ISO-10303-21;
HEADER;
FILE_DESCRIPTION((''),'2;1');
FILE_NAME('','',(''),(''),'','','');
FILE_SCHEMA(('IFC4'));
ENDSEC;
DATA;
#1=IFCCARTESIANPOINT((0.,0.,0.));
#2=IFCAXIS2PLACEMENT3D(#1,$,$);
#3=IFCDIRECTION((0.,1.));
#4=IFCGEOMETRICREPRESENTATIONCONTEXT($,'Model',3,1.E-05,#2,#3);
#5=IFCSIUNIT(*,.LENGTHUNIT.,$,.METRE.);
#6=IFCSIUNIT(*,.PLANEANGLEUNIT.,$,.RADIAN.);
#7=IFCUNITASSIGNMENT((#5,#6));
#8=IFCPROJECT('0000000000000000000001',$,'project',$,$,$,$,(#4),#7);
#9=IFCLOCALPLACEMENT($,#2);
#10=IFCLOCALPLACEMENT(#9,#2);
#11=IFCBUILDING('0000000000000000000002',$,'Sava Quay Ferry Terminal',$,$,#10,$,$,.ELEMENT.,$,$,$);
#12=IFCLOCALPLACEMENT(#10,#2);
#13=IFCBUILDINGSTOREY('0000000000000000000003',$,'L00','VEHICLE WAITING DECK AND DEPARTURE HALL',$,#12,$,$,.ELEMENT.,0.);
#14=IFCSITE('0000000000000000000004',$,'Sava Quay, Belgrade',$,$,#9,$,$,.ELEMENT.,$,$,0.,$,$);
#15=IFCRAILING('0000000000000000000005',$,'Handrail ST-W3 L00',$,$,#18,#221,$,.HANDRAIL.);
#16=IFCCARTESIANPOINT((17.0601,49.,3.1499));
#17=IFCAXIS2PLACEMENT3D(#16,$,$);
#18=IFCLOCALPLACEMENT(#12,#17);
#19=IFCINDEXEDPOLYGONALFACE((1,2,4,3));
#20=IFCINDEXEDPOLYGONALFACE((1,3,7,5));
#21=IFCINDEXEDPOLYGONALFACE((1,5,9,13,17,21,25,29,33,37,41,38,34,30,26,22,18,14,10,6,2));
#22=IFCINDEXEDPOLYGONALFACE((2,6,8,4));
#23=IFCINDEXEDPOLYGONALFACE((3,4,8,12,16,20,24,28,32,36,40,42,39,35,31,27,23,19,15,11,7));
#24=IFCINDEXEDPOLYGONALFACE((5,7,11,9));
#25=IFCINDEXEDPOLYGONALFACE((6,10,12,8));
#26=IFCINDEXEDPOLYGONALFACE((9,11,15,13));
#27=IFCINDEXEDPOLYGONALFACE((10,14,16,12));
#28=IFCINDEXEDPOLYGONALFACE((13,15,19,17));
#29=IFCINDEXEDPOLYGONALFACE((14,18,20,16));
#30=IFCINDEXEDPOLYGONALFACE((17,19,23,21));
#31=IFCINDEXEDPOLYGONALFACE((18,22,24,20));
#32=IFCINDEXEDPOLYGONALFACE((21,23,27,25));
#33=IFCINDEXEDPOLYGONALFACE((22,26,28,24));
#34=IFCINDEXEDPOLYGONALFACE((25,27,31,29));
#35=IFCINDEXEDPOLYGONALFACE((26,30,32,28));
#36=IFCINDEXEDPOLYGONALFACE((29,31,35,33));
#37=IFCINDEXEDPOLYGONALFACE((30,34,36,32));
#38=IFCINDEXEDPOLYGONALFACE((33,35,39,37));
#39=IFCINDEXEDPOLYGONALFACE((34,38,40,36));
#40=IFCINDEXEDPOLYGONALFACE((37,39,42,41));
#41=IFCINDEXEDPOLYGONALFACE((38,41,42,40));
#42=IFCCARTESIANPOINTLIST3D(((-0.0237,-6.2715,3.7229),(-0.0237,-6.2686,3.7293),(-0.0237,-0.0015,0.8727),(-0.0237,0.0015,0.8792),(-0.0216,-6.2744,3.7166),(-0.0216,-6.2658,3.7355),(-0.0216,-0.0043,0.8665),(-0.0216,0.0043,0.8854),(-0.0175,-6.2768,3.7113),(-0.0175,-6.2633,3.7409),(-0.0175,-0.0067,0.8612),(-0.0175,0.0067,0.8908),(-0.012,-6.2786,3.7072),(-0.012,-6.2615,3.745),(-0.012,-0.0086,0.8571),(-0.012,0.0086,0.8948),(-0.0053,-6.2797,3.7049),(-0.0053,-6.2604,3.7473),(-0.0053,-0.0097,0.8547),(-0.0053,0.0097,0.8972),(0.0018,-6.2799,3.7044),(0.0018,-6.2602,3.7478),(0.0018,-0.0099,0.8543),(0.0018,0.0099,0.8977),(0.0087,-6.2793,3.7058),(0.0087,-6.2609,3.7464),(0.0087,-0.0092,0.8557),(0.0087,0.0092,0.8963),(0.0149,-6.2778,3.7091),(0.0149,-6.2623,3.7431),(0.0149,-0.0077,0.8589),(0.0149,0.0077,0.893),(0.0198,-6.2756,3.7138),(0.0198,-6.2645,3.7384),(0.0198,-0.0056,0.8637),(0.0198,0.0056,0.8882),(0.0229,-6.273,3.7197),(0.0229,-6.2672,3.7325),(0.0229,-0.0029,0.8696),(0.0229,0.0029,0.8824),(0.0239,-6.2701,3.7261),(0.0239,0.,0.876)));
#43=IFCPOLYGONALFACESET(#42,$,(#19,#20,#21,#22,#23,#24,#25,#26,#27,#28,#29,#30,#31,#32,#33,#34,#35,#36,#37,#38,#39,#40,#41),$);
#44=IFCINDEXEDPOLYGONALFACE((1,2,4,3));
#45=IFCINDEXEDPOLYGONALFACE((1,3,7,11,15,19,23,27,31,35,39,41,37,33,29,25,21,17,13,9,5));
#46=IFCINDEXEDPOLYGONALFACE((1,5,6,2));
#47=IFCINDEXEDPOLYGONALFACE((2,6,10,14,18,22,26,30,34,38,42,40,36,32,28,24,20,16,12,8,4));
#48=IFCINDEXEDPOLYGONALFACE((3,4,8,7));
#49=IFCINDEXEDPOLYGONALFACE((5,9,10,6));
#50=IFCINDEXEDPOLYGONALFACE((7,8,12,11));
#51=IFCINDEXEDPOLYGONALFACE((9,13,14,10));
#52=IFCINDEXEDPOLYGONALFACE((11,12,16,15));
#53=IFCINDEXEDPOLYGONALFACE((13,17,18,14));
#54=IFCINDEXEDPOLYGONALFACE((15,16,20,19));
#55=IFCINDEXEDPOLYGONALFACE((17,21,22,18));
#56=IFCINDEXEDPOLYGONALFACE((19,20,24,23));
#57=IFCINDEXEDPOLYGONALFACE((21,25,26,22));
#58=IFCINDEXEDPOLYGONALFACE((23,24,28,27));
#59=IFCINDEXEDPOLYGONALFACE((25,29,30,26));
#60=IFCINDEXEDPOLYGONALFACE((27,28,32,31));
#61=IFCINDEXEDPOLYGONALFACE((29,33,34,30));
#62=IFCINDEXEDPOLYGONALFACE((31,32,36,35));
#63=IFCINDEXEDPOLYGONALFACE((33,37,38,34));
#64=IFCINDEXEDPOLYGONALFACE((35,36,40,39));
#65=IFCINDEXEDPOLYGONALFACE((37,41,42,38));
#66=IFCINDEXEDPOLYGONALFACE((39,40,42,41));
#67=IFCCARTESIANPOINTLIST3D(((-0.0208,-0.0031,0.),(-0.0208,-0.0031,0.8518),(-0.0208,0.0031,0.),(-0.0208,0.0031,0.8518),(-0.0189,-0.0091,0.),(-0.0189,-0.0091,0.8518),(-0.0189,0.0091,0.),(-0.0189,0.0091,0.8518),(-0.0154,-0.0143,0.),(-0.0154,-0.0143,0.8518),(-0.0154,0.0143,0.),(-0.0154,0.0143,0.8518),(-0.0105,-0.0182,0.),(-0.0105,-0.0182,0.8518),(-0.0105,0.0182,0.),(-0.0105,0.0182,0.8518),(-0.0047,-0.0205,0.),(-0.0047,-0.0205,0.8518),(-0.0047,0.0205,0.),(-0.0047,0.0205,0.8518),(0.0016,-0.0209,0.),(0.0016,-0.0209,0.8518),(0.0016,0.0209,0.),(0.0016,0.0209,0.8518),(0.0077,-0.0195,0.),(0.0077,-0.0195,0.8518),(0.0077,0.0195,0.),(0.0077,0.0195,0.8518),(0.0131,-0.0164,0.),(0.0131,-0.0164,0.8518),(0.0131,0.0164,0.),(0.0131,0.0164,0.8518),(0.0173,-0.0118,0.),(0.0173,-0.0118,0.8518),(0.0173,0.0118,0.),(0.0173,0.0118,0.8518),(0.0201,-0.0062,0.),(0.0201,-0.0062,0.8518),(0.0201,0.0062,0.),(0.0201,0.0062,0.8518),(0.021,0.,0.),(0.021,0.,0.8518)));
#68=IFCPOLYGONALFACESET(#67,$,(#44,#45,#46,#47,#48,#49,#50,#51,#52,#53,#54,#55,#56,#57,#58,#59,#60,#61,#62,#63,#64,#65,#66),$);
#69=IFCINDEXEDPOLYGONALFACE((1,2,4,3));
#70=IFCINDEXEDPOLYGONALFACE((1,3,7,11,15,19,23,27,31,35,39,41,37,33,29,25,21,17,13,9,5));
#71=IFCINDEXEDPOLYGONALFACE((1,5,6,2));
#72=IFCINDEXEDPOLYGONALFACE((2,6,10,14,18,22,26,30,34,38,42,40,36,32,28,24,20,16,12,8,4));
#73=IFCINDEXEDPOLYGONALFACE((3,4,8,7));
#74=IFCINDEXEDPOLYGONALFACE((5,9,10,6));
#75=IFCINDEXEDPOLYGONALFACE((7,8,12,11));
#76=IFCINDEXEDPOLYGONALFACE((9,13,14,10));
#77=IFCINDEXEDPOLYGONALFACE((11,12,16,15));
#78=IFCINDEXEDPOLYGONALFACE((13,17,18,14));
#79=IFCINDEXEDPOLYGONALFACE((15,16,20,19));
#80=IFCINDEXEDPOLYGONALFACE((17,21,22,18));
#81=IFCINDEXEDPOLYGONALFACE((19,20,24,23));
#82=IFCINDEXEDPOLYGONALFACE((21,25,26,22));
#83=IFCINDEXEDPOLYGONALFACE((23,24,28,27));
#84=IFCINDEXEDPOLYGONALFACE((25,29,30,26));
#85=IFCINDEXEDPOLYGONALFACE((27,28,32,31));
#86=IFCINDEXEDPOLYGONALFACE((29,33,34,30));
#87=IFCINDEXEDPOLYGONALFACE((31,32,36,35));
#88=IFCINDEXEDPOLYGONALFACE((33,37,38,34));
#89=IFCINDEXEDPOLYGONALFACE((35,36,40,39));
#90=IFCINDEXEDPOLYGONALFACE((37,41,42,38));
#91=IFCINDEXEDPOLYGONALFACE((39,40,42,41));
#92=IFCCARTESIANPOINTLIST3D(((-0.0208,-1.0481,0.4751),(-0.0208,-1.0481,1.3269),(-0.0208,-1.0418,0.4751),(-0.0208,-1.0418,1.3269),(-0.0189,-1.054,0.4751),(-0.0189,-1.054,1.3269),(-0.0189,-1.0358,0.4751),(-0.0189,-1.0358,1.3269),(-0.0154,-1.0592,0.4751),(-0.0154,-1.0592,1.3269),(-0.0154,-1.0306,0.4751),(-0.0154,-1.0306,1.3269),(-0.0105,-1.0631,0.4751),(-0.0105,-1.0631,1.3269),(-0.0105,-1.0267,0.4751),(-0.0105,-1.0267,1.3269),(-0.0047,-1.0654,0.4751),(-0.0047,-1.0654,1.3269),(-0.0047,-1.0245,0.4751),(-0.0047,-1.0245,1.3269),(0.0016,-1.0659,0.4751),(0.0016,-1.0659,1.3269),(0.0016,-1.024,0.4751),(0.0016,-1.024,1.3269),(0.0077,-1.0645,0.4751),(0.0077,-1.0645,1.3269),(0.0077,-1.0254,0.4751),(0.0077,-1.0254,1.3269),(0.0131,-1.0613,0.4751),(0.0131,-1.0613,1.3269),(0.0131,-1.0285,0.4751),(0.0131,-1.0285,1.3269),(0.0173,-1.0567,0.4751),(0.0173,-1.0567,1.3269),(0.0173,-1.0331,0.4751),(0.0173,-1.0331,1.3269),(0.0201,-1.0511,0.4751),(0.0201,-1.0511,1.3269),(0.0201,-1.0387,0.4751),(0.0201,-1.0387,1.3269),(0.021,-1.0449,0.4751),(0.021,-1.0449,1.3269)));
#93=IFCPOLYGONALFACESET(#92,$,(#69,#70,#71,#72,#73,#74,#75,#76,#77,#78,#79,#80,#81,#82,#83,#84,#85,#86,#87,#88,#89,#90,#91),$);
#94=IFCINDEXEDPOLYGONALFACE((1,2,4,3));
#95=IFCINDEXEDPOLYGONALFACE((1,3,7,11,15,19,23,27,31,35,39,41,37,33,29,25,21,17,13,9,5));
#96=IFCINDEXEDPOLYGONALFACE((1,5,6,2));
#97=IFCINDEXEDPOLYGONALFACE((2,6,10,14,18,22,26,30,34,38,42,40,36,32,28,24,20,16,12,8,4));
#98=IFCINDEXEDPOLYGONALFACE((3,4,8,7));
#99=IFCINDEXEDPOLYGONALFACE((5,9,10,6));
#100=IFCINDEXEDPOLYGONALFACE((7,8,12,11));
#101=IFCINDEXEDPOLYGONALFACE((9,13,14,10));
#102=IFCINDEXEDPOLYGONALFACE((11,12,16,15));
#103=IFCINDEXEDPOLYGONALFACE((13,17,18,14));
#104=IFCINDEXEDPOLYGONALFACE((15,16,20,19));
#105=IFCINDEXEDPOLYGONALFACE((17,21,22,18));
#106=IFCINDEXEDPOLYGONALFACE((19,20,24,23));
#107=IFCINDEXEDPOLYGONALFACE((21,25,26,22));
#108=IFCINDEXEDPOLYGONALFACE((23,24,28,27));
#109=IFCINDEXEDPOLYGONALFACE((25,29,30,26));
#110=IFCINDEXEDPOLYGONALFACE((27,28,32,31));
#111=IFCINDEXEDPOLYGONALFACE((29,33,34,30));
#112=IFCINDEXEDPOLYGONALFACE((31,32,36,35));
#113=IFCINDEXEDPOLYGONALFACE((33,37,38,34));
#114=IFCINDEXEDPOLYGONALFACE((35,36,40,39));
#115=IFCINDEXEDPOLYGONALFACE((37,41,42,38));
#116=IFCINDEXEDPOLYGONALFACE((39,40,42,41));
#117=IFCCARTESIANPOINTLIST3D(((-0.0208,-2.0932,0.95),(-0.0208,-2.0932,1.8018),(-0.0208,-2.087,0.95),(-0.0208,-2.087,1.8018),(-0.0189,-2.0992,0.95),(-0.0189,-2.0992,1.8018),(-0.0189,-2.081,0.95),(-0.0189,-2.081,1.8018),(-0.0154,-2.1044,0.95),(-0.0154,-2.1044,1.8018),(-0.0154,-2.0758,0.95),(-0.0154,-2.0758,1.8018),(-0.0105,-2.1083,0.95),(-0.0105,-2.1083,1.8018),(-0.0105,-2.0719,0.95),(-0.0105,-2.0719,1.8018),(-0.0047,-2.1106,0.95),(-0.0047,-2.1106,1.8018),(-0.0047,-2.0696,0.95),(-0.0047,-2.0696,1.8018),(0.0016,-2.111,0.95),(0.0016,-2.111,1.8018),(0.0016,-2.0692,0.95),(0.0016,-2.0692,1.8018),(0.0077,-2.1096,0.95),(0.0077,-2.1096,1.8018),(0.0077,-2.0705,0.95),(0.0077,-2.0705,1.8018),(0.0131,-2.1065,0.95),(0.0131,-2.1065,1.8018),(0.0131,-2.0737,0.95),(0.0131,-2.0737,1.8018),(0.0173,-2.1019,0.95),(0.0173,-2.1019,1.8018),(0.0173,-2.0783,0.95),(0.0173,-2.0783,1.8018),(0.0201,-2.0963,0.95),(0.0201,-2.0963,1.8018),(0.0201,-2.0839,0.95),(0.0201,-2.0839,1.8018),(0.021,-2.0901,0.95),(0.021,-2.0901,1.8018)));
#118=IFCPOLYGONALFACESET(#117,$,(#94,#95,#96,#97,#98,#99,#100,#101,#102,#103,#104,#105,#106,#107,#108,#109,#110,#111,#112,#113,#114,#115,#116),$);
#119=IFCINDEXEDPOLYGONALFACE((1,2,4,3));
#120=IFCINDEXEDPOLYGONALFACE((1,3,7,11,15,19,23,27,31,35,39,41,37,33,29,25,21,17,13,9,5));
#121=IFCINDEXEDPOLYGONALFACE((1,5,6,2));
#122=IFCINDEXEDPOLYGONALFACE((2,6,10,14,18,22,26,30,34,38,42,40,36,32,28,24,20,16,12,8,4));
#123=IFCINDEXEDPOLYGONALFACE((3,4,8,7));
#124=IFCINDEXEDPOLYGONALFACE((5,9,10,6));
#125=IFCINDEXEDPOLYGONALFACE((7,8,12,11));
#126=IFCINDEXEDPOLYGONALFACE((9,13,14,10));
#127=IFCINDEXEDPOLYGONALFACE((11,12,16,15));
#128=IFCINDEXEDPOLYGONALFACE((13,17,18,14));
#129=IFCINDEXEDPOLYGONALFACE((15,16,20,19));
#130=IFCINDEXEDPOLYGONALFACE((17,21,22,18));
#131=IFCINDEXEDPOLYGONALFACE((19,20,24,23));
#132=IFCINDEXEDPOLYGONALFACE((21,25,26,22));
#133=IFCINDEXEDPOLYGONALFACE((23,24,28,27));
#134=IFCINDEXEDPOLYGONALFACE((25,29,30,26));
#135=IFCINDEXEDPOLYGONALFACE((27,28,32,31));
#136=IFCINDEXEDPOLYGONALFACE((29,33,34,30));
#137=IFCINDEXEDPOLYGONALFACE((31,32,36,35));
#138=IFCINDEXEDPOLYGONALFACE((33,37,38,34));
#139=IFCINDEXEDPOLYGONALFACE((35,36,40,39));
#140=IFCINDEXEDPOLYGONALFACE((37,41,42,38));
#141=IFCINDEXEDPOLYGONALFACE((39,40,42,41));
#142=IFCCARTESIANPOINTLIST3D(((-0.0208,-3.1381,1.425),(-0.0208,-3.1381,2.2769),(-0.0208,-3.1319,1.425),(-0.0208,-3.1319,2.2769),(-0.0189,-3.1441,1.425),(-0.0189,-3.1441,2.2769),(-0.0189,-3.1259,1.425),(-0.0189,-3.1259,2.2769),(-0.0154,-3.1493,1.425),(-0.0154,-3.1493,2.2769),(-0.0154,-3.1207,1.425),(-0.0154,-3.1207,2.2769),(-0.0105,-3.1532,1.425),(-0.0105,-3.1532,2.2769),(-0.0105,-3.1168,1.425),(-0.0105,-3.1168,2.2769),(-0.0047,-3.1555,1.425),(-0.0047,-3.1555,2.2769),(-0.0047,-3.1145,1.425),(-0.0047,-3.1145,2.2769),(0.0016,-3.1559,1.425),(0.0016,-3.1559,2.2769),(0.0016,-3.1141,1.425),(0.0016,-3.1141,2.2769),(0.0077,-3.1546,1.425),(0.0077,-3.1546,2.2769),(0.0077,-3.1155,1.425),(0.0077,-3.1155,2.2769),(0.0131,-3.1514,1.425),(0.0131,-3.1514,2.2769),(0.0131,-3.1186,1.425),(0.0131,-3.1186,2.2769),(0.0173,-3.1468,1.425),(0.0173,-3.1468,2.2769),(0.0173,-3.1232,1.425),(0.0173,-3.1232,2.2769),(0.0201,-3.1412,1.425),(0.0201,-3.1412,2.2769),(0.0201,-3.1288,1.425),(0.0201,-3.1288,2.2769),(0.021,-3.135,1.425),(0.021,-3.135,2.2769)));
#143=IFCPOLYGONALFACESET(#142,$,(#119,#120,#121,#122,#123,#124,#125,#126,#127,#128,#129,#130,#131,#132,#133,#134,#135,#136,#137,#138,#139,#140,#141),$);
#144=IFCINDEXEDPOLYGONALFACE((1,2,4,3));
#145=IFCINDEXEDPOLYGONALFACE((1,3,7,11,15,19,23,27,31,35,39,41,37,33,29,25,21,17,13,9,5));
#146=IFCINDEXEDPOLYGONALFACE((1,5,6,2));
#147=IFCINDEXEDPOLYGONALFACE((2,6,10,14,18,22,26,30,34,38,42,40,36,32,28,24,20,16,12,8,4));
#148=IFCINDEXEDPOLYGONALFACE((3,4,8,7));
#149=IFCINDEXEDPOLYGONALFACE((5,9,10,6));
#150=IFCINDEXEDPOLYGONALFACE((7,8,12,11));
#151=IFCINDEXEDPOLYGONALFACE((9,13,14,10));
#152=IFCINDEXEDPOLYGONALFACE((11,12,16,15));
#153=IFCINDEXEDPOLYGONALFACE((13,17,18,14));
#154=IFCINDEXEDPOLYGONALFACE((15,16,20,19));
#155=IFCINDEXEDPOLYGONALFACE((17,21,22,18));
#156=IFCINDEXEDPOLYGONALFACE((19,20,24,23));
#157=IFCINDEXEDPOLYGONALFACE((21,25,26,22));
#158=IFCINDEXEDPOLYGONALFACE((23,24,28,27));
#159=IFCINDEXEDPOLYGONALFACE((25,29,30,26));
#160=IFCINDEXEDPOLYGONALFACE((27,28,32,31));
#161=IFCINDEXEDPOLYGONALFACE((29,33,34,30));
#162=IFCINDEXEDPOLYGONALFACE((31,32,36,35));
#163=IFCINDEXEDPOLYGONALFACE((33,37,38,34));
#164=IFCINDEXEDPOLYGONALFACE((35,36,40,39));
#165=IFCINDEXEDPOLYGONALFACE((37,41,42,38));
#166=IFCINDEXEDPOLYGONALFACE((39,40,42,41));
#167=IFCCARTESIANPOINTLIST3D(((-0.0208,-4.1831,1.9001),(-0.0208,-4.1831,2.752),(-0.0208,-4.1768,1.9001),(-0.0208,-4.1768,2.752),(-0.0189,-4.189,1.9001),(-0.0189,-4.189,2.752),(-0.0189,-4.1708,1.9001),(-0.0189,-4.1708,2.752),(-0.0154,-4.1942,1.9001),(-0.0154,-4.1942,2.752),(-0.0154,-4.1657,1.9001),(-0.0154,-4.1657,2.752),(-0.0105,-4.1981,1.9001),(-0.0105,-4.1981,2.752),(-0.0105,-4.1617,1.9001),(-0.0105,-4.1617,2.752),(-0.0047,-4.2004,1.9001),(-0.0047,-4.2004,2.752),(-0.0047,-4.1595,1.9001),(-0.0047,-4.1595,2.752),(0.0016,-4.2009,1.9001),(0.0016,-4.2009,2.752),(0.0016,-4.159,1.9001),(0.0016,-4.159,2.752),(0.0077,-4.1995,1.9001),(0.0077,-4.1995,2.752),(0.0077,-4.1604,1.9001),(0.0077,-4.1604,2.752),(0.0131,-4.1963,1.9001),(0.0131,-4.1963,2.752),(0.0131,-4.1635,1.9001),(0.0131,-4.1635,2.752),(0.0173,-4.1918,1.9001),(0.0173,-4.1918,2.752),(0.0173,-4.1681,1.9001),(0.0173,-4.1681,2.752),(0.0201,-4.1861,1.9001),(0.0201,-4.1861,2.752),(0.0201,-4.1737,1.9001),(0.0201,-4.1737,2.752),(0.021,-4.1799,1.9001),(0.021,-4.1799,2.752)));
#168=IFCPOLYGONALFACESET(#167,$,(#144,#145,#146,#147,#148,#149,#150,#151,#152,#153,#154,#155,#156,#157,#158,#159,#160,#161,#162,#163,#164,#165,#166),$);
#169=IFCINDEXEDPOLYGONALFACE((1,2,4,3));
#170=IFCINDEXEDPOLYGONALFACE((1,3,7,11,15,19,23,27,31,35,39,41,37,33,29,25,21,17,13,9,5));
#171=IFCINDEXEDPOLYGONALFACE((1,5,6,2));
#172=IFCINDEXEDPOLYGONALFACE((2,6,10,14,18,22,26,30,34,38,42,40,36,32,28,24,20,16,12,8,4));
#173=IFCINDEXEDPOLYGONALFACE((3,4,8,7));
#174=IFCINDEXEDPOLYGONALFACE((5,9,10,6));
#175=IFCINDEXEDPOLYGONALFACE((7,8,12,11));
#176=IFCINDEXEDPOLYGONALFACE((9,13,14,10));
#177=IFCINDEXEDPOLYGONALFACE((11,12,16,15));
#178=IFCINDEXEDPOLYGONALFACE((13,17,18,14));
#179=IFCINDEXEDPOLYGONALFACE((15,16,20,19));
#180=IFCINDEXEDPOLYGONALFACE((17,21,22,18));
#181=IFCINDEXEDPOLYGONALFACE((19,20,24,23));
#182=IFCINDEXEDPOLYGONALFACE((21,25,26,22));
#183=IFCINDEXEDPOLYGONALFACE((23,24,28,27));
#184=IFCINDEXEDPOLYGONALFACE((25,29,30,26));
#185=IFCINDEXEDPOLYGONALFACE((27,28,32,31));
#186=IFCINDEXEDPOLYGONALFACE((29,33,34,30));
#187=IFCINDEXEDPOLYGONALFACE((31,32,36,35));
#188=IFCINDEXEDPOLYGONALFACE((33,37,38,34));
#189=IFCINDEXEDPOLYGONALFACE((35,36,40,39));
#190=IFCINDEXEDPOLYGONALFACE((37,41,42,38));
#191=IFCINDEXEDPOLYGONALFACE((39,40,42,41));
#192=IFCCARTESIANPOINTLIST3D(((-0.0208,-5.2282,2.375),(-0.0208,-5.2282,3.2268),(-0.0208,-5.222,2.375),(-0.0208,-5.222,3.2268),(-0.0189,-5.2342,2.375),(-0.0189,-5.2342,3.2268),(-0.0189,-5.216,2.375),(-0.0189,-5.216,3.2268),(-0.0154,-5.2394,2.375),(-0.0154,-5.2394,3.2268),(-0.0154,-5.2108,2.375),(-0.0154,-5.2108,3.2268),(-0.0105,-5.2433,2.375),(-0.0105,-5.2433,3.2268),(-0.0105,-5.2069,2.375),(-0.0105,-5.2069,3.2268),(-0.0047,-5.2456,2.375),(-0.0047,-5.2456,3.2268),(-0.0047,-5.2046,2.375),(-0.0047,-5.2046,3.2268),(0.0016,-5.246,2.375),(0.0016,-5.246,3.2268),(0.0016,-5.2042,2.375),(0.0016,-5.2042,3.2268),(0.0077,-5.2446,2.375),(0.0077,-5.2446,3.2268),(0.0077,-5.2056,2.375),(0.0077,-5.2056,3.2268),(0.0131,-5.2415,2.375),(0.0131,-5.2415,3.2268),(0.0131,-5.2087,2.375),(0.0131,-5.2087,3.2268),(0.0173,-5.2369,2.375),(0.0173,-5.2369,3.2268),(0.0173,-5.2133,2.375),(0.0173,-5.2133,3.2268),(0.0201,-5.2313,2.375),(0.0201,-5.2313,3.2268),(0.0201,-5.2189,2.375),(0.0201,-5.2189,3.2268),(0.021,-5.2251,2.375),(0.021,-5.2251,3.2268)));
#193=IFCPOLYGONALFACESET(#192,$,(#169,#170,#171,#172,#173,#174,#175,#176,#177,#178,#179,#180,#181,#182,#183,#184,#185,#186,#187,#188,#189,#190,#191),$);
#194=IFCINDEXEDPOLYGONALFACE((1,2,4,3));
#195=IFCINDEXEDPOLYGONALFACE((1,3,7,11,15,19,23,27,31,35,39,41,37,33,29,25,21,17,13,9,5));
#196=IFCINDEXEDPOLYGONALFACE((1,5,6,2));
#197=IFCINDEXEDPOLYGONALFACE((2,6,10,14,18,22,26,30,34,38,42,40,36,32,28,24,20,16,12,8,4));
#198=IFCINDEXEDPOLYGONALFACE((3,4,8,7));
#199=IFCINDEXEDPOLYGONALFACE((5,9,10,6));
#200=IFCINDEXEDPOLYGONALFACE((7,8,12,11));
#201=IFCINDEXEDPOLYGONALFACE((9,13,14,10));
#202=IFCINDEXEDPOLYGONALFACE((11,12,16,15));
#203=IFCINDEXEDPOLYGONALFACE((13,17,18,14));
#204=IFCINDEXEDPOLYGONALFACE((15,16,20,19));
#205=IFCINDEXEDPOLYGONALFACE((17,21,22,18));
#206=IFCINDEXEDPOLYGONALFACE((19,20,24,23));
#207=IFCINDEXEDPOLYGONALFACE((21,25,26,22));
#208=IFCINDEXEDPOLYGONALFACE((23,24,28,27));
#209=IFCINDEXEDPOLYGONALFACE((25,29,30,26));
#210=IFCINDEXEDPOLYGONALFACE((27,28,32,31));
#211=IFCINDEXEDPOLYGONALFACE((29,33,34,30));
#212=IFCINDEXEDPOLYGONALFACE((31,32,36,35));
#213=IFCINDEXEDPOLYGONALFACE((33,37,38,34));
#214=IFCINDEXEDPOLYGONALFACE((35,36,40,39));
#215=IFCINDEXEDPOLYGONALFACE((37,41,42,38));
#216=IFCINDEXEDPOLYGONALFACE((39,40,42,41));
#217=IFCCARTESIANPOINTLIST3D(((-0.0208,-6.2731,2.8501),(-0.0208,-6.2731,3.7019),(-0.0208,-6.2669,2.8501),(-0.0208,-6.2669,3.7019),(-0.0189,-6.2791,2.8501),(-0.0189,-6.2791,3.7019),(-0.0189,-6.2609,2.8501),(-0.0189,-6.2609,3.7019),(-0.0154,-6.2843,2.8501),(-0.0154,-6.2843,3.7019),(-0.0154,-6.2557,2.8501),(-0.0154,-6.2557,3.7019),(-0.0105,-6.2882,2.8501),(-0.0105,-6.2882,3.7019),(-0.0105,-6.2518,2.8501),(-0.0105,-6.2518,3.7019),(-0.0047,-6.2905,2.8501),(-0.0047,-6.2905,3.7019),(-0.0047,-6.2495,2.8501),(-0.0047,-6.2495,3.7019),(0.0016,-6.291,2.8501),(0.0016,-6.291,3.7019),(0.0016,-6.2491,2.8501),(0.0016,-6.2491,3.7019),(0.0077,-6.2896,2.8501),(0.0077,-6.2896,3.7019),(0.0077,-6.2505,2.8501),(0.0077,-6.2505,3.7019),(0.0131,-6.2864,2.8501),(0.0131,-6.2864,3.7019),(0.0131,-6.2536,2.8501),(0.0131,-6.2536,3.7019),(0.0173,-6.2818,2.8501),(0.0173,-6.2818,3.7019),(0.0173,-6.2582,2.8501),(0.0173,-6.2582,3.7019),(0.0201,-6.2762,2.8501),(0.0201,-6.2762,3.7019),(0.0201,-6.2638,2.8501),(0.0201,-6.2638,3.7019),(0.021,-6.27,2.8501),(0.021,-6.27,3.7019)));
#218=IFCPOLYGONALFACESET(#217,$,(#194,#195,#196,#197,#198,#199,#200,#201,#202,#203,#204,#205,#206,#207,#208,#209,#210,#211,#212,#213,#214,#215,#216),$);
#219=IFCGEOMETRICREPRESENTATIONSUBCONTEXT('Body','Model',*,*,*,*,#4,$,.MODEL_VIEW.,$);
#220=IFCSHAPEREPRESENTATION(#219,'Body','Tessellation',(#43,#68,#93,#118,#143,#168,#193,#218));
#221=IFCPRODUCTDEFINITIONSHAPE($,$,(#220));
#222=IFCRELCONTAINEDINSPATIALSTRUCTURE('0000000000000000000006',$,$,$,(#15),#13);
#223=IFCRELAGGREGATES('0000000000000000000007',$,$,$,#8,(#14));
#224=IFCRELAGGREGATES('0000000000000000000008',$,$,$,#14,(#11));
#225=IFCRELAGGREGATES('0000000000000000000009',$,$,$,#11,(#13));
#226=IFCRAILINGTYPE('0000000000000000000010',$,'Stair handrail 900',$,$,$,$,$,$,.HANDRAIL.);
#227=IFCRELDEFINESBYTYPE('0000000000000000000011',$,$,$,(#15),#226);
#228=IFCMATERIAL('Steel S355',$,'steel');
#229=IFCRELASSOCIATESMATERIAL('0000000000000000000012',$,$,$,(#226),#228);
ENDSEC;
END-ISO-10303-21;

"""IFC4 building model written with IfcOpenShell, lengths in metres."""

from ifc_helpers import new_model, si_unit, direction, frame, origin, origin_2d, place, context, subcontext, project, spatial, circle, extrude, material, type_object, element, save


model = new_model("IFC4")

# Units and contexts
model_context = context("Model", 3, precision=1e-05, world=origin(), true_north=direction((0.0, 1.0)))
body_context = subcontext(model_context, "Body", "Model", "MODEL_VIEW")
ifc_project = project(units=[si_unit("LENGTHUNIT", "METRE"), si_unit("PLANEANGLEUNIT", "RADIAN")], contexts=[model_context])

# Site, building, storey
site_placement = place(None, origin())
site = spatial("IfcSite", under=ifc_project, at=site_placement, Name="Sava Quay, Belgrade", CompositionType="ELEMENT", RefElevation=0.0)
building_placement = place(site_placement, origin())
building = spatial("IfcBuilding", under=site, at=building_placement, Name="Sava Quay Ferry Terminal", CompositionType="ELEMENT")
storey_placement = place(building_placement, origin())
storey = spatial("IfcBuildingStorey", under=building, at=storey_placement, Name="L00", Description="VEHICLE WAITING DECK AND DEPARTURE HALL", CompositionType="ELEMENT", Elevation=0.0)

# Railing
ifc_material_1 = material(Name="Steel S355", Category="steel")
railing_type_1 = type_object("IfcRailingType", Name="Stair handrail 900", PredefinedType="HANDRAIL", material=ifc_material_1)
railing_1_placement = place(storey_placement, frame((17.0601, 49.0, 3.1499)))
element("IfcRailing", 1, at=railing_1_placement, inside=storey, type_object=railing_type_1, Name="Handrail ST-W3 L00", PredefinedType="HANDRAIL", context=body_context, shape_type="SweptSolid", body=[
    extrude(circle(Radius=0.0239, at=origin_2d()), frame((0.0, 0.0, 0.876), z_axis=(0.0, -0.910362, 0.413814), x_axis=(1.0, 0.0, 0.0)), (0.0, 0.0, 1.0), 6.8875),
    extrude(circle(Radius=0.021, at=origin_2d()), origin(), (0.0, 0.0, 1.0), 0.8518),
    extrude(circle(Radius=0.021, at=origin_2d()), frame((0.0, -1.0449, 0.4751)), (0.0, 0.0, 1.0), 0.8518),
    extrude(circle(Radius=0.021, at=origin_2d()), frame((0.0, -2.0901, 0.95)), (0.0, 0.0, 1.0), 0.8518),
    extrude(circle(Radius=0.021, at=origin_2d()), frame((0.0, -3.135, 1.425)), (0.0, 0.0, 1.0), 0.8518),
    extrude(circle(Radius=0.021, at=origin_2d()), frame((0.0, -4.1799, 1.9001)), (0.0, 0.0, 1.0), 0.8518),
    extrude(circle(Radius=0.021, at=origin_2d()), frame((0.0, -5.2251, 2.375)), (0.0, 0.0, 1.0), 0.8518),
    extrude(circle(Radius=0.021, at=origin_2d()), frame((0.0, -6.27, 2.8501)), (0.0, 0.0, 1.0), 0.8518),
])

save(model, "model.ifc")
